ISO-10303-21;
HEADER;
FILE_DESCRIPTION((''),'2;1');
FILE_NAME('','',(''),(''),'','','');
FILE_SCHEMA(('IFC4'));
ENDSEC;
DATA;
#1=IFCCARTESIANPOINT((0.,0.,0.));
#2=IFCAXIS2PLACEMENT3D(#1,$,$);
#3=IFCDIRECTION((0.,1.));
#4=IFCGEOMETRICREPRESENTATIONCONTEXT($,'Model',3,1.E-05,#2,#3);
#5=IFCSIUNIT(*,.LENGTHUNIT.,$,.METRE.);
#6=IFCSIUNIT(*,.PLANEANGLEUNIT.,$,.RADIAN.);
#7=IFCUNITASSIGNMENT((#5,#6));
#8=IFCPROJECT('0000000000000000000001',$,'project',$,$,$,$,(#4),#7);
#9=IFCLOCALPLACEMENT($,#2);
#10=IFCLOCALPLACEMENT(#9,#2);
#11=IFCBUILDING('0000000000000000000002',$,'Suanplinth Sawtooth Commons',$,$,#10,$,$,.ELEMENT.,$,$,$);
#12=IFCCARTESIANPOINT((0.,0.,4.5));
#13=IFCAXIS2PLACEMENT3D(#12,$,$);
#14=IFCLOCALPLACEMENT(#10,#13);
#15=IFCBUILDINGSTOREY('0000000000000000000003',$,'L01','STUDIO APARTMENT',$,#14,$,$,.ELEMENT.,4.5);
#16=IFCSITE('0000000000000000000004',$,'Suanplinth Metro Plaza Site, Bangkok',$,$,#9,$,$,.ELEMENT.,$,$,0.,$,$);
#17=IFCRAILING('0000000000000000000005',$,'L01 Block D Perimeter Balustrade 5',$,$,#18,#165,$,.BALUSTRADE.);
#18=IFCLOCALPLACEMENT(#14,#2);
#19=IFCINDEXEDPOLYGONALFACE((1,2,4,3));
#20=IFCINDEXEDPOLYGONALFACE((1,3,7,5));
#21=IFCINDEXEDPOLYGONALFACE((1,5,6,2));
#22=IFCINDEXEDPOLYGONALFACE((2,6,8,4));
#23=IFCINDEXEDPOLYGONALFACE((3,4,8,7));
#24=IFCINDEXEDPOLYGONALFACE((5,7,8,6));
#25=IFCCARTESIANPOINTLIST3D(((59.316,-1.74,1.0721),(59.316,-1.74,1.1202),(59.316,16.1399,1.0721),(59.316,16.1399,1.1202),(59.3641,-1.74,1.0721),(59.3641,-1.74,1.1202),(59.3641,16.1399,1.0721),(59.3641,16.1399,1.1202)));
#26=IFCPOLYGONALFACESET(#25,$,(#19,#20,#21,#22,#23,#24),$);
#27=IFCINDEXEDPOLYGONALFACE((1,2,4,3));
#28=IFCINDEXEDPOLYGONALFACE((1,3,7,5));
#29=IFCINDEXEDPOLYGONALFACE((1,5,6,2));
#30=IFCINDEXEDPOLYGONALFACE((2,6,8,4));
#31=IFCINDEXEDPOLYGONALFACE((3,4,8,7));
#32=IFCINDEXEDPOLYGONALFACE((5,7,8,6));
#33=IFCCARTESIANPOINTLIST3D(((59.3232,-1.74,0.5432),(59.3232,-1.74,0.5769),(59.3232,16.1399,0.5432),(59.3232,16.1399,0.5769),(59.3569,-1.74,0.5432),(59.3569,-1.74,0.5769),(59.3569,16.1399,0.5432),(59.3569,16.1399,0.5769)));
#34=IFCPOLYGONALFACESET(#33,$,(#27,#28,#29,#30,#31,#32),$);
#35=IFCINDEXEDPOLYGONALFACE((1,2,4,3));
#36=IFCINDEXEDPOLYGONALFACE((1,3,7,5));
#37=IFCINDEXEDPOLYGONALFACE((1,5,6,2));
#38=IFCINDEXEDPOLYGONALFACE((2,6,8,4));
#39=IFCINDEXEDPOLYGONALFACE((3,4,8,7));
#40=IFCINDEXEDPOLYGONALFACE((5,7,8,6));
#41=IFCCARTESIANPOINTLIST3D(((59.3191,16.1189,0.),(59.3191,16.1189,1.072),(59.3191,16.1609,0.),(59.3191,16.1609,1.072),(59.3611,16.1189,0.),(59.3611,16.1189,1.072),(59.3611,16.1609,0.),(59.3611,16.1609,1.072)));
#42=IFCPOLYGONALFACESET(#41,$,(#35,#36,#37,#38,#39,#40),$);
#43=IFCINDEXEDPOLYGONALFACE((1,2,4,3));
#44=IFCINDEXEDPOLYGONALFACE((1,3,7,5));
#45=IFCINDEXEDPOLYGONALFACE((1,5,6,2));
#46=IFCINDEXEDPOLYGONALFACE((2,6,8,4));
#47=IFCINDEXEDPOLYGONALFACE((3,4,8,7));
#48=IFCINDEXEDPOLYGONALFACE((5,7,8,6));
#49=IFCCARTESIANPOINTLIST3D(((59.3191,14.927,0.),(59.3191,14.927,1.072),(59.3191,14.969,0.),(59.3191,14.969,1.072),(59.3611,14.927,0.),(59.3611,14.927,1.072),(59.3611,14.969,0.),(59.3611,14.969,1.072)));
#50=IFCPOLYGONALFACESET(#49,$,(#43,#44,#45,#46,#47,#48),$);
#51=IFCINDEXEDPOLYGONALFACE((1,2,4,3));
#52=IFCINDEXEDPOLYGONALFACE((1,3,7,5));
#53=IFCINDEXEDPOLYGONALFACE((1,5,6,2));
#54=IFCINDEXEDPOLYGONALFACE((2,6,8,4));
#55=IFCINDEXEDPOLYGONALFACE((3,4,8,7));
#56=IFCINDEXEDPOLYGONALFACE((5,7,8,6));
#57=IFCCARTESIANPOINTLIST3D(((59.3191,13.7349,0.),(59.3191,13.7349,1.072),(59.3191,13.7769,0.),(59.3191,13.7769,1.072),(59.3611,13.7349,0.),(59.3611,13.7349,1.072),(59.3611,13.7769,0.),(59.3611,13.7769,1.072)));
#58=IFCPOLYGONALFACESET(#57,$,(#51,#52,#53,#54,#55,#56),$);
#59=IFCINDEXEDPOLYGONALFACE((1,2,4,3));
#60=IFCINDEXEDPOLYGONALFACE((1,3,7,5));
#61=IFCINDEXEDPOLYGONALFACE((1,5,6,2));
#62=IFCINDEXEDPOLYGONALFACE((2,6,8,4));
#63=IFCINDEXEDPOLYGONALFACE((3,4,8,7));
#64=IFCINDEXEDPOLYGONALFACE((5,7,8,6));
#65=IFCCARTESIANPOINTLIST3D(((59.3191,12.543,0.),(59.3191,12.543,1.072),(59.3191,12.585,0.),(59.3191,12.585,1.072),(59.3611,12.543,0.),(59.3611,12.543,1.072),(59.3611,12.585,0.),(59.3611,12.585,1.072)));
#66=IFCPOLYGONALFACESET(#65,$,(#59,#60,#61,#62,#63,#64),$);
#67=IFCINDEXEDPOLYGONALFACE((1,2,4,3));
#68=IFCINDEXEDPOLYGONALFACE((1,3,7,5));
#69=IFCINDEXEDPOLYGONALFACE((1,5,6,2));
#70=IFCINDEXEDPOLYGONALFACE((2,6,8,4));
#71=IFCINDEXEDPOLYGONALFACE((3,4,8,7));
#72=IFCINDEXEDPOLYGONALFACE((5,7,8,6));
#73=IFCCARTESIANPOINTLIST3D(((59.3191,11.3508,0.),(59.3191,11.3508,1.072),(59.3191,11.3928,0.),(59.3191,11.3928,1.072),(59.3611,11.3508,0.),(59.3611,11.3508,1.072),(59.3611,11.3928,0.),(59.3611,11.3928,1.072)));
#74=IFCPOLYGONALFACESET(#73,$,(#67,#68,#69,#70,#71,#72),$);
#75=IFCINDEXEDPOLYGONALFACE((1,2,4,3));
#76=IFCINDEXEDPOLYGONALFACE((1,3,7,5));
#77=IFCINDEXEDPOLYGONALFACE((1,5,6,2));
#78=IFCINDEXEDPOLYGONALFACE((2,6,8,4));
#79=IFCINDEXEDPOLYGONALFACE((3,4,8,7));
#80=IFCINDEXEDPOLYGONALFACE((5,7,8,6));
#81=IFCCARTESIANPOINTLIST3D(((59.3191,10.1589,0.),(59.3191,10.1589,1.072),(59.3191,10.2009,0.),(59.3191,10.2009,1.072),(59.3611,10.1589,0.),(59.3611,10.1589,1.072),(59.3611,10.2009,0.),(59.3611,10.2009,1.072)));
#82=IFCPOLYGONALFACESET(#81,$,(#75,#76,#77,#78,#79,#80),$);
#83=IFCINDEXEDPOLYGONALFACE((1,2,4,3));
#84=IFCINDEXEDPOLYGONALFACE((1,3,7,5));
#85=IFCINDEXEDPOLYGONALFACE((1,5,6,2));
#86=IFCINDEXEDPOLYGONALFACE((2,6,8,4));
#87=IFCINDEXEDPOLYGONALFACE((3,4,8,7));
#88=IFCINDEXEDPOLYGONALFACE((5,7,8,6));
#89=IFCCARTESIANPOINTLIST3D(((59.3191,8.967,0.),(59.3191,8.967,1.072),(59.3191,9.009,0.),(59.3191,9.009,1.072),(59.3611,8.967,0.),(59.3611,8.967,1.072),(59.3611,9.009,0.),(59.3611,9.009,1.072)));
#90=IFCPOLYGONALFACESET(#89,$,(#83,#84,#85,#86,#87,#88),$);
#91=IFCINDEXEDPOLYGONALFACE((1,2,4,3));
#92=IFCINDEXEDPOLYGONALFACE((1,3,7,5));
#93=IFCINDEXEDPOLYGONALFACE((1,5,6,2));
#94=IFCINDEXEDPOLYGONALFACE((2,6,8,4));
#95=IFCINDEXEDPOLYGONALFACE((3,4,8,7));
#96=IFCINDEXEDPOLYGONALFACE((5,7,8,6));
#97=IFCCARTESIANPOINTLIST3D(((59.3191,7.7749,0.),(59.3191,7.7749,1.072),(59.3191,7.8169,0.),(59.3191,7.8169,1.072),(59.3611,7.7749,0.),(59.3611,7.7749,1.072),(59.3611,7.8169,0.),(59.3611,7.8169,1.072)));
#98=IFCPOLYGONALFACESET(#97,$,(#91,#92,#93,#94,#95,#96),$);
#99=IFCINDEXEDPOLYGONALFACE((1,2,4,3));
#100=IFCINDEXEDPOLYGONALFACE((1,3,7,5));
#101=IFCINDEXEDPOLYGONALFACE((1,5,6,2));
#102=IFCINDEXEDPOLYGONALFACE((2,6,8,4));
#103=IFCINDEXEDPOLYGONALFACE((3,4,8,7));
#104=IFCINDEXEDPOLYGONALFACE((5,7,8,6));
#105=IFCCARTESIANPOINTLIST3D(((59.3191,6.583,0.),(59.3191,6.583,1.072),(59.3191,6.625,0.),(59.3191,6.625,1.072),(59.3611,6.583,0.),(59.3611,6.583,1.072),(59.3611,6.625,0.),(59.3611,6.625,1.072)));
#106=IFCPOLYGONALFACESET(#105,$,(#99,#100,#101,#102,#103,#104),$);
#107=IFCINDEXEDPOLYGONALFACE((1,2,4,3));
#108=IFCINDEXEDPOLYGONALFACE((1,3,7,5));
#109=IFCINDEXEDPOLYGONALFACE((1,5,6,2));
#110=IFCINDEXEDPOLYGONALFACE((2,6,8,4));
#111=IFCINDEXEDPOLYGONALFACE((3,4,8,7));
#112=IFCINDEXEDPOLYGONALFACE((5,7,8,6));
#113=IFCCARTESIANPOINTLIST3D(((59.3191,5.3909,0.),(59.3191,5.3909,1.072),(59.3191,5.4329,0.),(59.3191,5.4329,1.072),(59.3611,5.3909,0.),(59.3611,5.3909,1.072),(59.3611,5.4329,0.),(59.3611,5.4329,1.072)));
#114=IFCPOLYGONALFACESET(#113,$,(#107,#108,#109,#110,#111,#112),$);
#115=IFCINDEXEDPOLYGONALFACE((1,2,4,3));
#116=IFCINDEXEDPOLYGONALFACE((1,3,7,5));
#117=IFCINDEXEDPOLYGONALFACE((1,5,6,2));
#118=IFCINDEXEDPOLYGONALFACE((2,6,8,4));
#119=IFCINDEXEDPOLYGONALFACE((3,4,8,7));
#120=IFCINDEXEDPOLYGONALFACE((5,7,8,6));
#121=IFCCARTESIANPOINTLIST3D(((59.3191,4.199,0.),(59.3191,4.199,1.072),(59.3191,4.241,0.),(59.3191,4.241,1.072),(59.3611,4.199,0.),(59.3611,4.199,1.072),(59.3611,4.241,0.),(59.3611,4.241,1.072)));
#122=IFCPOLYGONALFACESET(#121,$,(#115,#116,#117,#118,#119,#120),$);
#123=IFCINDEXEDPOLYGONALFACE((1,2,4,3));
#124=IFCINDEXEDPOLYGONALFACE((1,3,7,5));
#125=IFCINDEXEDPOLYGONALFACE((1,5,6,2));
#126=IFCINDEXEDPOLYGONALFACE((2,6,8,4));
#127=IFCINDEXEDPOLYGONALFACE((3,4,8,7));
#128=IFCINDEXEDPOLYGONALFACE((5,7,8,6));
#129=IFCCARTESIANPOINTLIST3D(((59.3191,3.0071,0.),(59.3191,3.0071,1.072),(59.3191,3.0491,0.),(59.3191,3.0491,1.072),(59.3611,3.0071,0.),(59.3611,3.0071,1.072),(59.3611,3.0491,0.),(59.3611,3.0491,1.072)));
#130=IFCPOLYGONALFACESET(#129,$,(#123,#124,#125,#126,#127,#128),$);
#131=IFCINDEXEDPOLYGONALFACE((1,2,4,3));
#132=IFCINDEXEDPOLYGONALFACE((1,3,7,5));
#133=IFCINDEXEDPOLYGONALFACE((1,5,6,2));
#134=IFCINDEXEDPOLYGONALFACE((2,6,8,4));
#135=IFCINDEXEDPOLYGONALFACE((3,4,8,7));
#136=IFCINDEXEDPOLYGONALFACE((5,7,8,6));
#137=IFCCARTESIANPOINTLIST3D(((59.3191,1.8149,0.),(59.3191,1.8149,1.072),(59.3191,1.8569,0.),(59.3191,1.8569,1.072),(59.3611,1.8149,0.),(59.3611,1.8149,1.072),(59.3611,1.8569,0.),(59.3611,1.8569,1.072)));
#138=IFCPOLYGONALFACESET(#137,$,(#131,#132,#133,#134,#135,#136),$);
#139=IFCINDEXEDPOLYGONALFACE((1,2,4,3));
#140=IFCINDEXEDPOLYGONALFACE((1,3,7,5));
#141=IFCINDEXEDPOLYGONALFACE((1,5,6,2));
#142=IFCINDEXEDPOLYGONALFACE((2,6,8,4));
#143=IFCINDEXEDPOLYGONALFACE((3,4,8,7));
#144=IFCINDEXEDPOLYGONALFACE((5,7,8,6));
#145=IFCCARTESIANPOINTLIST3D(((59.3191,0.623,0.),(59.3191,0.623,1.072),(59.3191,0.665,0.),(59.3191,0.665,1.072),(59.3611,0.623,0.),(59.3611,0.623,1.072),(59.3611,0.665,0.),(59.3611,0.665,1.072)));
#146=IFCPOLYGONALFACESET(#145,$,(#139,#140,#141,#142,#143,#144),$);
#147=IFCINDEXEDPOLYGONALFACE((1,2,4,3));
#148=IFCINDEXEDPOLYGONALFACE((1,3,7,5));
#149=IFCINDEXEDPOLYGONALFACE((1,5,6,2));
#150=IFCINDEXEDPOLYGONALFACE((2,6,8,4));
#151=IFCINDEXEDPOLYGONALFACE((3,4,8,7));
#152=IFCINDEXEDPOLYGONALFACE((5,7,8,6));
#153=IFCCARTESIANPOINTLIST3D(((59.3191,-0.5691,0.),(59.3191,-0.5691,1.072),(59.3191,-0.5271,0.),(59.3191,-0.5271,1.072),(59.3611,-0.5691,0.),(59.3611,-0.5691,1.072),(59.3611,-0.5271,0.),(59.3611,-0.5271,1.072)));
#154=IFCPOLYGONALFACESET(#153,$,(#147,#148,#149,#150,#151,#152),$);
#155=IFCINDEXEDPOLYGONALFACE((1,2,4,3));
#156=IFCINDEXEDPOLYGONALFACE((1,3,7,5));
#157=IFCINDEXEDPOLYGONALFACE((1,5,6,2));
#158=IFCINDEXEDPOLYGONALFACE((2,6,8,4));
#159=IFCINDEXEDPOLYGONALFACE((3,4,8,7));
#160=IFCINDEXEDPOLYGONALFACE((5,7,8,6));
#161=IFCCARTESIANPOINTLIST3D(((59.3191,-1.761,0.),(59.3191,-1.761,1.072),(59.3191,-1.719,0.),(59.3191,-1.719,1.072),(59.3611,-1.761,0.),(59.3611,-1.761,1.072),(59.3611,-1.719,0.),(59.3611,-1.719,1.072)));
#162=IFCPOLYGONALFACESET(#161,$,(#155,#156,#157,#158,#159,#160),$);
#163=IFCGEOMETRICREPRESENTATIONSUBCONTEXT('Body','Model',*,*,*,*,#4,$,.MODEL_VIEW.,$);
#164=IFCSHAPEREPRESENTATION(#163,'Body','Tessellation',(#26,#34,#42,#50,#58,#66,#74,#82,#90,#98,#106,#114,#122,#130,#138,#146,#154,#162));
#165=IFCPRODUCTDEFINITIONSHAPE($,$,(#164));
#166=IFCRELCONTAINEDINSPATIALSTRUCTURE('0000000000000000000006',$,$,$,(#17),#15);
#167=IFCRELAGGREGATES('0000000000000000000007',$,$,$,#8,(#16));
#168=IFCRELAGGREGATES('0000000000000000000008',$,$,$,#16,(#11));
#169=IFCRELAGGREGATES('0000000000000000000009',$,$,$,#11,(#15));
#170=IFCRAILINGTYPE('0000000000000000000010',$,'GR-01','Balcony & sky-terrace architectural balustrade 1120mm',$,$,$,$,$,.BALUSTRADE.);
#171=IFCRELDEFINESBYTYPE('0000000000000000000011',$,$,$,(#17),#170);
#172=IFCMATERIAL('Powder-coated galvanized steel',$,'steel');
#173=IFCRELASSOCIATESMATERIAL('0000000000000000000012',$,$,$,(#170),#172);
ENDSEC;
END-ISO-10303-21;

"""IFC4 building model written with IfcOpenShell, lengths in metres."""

from ifc_helpers import new_model, si_unit, direction, frame, origin, origin_2d, place, context, subcontext, project, spatial, rectangle, extrude, material, type_object, element, save


model = new_model("IFC4")

# Units and contexts
model_context = context("Model", 3, precision=1e-05, world=origin(), true_north=direction((0.0, 1.0)))
body_context = subcontext(model_context, "Body", "Model", "MODEL_VIEW")
ifc_project = project(units=[si_unit("LENGTHUNIT", "METRE"), si_unit("PLANEANGLEUNIT", "RADIAN")], contexts=[model_context])

# Site, building, storey
site_placement = place(None, origin())
site = spatial("IfcSite", under=ifc_project, at=site_placement, Name="Suanplinth Metro Plaza Site, Bangkok", CompositionType="ELEMENT", RefElevation=0.0)
building_placement = place(site_placement, origin())
building = spatial("IfcBuilding", under=site, at=building_placement, Name="Suanplinth Sawtooth Commons", CompositionType="ELEMENT")
storey_placement = place(building_placement, frame((0.0, 0.0, 4.5)))
storey = spatial("IfcBuildingStorey", under=building, at=storey_placement, Name="L01", Description="STUDIO APARTMENT", CompositionType="ELEMENT", Elevation=4.5)

# Railing
ifc_material_1 = material(Name="Powder-coated galvanized steel", Category="steel")
railing_type = type_object("IfcRailingType", Name="GR-01", Description="Balcony & sky-terrace architectural balustrade 1120mm", PredefinedType="BALUSTRADE", material=ifc_material_1)
railing_placement = place(storey_placement, frame((59.3401, 16.1399, 0.0)))
element("IfcRailing", 1, at=railing_placement, inside=storey, type_object=railing_type, Name="L01 Block D Perimeter Balustrade 5", PredefinedType="BALUSTRADE", context=body_context, shape_type="SweptSolid", body=[
    extrude(rectangle(XDim=0.0481, YDim=0.0481, at=origin_2d()), frame((0.0, 0.0, 1.0962), z_axis=(0.0, -1.0, 0.0), x_axis=(1.0, 0.0, 0.0)), (0.0, 0.0, 1.0), 17.8799),
    extrude(rectangle(XDim=0.0337, YDim=0.0337, at=origin_2d()), frame((0.0, 0.0, 0.5601), z_axis=(0.0, -1.0, 0.0), x_axis=(1.0, 0.0, 0.0)), (0.0, 0.0, 1.0), 17.8799),
    extrude(rectangle(XDim=0.042, YDim=0.042, at=origin_2d()), origin(), (0.0, 0.0, 1.0), 1.072),
    extrude(rectangle(XDim=0.042, YDim=0.042, at=origin_2d()), frame((0.0, -1.1919, 0.0)), (0.0, 0.0, 1.0), 1.072),
    extrude(rectangle(XDim=0.042, YDim=0.042, at=origin_2d()), frame((0.0, -2.384, 0.0)), (0.0, 0.0, 1.0), 1.072),
    extrude(rectangle(XDim=0.042, YDim=0.042, at=origin_2d()), frame((0.0, -3.5759, 0.0)), (0.0, 0.0, 1.0), 1.072),
    extrude(rectangle(XDim=0.042, YDim=0.042, at=origin_2d()), frame((0.0, -4.7681, 0.0)), (0.0, 0.0, 1.0), 1.072),
    extrude(rectangle(XDim=0.042, YDim=0.042, at=origin_2d()), frame((0.0, -5.96, 0.0)), (0.0, 0.0, 1.0), 1.072),
    extrude(rectangle(XDim=0.042, YDim=0.042, at=origin_2d()), frame((0.0, -7.1519, 0.0)), (0.0, 0.0, 1.0), 1.072),
    extrude(rectangle(XDim=0.042, YDim=0.042, at=origin_2d()), frame((0.0, -8.344, 0.0)), (0.0, 0.0, 1.0), 1.072),
    extrude(rectangle(XDim=0.042, YDim=0.042, at=origin_2d()), frame((0.0, -9.5359, 0.0)), (0.0, 0.0, 1.0), 1.072),
    extrude(rectangle(XDim=0.042, YDim=0.042, at=origin_2d()), frame((0.0, -10.728, 0.0)), (0.0, 0.0, 1.0), 1.072),
    extrude(rectangle(XDim=0.042, YDim=0.042, at=origin_2d()), frame((0.0, -11.9199, 0.0)), (0.0, 0.0, 1.0), 1.072),
    extrude(rectangle(XDim=0.042, YDim=0.042, at=origin_2d()), frame((0.0, -13.1118, 0.0)), (0.0, 0.0, 1.0), 1.072),
    extrude(rectangle(XDim=0.042, YDim=0.042, at=origin_2d()), frame((0.0, -14.304, 0.0)), (0.0, 0.0, 1.0), 1.072),
    extrude(rectangle(XDim=0.042, YDim=0.042, at=origin_2d()), frame((0.0, -15.4958, 0.0)), (0.0, 0.0, 1.0), 1.072),
    extrude(rectangle(XDim=0.042, YDim=0.042, at=origin_2d()), frame((0.0, -16.688, 0.0)), (0.0, 0.0, 1.0), 1.072),
    extrude(rectangle(XDim=0.042, YDim=0.042, at=origin_2d()), frame((0.0, -17.8799, 0.0)), (0.0, 0.0, 1.0), 1.072),
])

save(model, "model.ifc")
